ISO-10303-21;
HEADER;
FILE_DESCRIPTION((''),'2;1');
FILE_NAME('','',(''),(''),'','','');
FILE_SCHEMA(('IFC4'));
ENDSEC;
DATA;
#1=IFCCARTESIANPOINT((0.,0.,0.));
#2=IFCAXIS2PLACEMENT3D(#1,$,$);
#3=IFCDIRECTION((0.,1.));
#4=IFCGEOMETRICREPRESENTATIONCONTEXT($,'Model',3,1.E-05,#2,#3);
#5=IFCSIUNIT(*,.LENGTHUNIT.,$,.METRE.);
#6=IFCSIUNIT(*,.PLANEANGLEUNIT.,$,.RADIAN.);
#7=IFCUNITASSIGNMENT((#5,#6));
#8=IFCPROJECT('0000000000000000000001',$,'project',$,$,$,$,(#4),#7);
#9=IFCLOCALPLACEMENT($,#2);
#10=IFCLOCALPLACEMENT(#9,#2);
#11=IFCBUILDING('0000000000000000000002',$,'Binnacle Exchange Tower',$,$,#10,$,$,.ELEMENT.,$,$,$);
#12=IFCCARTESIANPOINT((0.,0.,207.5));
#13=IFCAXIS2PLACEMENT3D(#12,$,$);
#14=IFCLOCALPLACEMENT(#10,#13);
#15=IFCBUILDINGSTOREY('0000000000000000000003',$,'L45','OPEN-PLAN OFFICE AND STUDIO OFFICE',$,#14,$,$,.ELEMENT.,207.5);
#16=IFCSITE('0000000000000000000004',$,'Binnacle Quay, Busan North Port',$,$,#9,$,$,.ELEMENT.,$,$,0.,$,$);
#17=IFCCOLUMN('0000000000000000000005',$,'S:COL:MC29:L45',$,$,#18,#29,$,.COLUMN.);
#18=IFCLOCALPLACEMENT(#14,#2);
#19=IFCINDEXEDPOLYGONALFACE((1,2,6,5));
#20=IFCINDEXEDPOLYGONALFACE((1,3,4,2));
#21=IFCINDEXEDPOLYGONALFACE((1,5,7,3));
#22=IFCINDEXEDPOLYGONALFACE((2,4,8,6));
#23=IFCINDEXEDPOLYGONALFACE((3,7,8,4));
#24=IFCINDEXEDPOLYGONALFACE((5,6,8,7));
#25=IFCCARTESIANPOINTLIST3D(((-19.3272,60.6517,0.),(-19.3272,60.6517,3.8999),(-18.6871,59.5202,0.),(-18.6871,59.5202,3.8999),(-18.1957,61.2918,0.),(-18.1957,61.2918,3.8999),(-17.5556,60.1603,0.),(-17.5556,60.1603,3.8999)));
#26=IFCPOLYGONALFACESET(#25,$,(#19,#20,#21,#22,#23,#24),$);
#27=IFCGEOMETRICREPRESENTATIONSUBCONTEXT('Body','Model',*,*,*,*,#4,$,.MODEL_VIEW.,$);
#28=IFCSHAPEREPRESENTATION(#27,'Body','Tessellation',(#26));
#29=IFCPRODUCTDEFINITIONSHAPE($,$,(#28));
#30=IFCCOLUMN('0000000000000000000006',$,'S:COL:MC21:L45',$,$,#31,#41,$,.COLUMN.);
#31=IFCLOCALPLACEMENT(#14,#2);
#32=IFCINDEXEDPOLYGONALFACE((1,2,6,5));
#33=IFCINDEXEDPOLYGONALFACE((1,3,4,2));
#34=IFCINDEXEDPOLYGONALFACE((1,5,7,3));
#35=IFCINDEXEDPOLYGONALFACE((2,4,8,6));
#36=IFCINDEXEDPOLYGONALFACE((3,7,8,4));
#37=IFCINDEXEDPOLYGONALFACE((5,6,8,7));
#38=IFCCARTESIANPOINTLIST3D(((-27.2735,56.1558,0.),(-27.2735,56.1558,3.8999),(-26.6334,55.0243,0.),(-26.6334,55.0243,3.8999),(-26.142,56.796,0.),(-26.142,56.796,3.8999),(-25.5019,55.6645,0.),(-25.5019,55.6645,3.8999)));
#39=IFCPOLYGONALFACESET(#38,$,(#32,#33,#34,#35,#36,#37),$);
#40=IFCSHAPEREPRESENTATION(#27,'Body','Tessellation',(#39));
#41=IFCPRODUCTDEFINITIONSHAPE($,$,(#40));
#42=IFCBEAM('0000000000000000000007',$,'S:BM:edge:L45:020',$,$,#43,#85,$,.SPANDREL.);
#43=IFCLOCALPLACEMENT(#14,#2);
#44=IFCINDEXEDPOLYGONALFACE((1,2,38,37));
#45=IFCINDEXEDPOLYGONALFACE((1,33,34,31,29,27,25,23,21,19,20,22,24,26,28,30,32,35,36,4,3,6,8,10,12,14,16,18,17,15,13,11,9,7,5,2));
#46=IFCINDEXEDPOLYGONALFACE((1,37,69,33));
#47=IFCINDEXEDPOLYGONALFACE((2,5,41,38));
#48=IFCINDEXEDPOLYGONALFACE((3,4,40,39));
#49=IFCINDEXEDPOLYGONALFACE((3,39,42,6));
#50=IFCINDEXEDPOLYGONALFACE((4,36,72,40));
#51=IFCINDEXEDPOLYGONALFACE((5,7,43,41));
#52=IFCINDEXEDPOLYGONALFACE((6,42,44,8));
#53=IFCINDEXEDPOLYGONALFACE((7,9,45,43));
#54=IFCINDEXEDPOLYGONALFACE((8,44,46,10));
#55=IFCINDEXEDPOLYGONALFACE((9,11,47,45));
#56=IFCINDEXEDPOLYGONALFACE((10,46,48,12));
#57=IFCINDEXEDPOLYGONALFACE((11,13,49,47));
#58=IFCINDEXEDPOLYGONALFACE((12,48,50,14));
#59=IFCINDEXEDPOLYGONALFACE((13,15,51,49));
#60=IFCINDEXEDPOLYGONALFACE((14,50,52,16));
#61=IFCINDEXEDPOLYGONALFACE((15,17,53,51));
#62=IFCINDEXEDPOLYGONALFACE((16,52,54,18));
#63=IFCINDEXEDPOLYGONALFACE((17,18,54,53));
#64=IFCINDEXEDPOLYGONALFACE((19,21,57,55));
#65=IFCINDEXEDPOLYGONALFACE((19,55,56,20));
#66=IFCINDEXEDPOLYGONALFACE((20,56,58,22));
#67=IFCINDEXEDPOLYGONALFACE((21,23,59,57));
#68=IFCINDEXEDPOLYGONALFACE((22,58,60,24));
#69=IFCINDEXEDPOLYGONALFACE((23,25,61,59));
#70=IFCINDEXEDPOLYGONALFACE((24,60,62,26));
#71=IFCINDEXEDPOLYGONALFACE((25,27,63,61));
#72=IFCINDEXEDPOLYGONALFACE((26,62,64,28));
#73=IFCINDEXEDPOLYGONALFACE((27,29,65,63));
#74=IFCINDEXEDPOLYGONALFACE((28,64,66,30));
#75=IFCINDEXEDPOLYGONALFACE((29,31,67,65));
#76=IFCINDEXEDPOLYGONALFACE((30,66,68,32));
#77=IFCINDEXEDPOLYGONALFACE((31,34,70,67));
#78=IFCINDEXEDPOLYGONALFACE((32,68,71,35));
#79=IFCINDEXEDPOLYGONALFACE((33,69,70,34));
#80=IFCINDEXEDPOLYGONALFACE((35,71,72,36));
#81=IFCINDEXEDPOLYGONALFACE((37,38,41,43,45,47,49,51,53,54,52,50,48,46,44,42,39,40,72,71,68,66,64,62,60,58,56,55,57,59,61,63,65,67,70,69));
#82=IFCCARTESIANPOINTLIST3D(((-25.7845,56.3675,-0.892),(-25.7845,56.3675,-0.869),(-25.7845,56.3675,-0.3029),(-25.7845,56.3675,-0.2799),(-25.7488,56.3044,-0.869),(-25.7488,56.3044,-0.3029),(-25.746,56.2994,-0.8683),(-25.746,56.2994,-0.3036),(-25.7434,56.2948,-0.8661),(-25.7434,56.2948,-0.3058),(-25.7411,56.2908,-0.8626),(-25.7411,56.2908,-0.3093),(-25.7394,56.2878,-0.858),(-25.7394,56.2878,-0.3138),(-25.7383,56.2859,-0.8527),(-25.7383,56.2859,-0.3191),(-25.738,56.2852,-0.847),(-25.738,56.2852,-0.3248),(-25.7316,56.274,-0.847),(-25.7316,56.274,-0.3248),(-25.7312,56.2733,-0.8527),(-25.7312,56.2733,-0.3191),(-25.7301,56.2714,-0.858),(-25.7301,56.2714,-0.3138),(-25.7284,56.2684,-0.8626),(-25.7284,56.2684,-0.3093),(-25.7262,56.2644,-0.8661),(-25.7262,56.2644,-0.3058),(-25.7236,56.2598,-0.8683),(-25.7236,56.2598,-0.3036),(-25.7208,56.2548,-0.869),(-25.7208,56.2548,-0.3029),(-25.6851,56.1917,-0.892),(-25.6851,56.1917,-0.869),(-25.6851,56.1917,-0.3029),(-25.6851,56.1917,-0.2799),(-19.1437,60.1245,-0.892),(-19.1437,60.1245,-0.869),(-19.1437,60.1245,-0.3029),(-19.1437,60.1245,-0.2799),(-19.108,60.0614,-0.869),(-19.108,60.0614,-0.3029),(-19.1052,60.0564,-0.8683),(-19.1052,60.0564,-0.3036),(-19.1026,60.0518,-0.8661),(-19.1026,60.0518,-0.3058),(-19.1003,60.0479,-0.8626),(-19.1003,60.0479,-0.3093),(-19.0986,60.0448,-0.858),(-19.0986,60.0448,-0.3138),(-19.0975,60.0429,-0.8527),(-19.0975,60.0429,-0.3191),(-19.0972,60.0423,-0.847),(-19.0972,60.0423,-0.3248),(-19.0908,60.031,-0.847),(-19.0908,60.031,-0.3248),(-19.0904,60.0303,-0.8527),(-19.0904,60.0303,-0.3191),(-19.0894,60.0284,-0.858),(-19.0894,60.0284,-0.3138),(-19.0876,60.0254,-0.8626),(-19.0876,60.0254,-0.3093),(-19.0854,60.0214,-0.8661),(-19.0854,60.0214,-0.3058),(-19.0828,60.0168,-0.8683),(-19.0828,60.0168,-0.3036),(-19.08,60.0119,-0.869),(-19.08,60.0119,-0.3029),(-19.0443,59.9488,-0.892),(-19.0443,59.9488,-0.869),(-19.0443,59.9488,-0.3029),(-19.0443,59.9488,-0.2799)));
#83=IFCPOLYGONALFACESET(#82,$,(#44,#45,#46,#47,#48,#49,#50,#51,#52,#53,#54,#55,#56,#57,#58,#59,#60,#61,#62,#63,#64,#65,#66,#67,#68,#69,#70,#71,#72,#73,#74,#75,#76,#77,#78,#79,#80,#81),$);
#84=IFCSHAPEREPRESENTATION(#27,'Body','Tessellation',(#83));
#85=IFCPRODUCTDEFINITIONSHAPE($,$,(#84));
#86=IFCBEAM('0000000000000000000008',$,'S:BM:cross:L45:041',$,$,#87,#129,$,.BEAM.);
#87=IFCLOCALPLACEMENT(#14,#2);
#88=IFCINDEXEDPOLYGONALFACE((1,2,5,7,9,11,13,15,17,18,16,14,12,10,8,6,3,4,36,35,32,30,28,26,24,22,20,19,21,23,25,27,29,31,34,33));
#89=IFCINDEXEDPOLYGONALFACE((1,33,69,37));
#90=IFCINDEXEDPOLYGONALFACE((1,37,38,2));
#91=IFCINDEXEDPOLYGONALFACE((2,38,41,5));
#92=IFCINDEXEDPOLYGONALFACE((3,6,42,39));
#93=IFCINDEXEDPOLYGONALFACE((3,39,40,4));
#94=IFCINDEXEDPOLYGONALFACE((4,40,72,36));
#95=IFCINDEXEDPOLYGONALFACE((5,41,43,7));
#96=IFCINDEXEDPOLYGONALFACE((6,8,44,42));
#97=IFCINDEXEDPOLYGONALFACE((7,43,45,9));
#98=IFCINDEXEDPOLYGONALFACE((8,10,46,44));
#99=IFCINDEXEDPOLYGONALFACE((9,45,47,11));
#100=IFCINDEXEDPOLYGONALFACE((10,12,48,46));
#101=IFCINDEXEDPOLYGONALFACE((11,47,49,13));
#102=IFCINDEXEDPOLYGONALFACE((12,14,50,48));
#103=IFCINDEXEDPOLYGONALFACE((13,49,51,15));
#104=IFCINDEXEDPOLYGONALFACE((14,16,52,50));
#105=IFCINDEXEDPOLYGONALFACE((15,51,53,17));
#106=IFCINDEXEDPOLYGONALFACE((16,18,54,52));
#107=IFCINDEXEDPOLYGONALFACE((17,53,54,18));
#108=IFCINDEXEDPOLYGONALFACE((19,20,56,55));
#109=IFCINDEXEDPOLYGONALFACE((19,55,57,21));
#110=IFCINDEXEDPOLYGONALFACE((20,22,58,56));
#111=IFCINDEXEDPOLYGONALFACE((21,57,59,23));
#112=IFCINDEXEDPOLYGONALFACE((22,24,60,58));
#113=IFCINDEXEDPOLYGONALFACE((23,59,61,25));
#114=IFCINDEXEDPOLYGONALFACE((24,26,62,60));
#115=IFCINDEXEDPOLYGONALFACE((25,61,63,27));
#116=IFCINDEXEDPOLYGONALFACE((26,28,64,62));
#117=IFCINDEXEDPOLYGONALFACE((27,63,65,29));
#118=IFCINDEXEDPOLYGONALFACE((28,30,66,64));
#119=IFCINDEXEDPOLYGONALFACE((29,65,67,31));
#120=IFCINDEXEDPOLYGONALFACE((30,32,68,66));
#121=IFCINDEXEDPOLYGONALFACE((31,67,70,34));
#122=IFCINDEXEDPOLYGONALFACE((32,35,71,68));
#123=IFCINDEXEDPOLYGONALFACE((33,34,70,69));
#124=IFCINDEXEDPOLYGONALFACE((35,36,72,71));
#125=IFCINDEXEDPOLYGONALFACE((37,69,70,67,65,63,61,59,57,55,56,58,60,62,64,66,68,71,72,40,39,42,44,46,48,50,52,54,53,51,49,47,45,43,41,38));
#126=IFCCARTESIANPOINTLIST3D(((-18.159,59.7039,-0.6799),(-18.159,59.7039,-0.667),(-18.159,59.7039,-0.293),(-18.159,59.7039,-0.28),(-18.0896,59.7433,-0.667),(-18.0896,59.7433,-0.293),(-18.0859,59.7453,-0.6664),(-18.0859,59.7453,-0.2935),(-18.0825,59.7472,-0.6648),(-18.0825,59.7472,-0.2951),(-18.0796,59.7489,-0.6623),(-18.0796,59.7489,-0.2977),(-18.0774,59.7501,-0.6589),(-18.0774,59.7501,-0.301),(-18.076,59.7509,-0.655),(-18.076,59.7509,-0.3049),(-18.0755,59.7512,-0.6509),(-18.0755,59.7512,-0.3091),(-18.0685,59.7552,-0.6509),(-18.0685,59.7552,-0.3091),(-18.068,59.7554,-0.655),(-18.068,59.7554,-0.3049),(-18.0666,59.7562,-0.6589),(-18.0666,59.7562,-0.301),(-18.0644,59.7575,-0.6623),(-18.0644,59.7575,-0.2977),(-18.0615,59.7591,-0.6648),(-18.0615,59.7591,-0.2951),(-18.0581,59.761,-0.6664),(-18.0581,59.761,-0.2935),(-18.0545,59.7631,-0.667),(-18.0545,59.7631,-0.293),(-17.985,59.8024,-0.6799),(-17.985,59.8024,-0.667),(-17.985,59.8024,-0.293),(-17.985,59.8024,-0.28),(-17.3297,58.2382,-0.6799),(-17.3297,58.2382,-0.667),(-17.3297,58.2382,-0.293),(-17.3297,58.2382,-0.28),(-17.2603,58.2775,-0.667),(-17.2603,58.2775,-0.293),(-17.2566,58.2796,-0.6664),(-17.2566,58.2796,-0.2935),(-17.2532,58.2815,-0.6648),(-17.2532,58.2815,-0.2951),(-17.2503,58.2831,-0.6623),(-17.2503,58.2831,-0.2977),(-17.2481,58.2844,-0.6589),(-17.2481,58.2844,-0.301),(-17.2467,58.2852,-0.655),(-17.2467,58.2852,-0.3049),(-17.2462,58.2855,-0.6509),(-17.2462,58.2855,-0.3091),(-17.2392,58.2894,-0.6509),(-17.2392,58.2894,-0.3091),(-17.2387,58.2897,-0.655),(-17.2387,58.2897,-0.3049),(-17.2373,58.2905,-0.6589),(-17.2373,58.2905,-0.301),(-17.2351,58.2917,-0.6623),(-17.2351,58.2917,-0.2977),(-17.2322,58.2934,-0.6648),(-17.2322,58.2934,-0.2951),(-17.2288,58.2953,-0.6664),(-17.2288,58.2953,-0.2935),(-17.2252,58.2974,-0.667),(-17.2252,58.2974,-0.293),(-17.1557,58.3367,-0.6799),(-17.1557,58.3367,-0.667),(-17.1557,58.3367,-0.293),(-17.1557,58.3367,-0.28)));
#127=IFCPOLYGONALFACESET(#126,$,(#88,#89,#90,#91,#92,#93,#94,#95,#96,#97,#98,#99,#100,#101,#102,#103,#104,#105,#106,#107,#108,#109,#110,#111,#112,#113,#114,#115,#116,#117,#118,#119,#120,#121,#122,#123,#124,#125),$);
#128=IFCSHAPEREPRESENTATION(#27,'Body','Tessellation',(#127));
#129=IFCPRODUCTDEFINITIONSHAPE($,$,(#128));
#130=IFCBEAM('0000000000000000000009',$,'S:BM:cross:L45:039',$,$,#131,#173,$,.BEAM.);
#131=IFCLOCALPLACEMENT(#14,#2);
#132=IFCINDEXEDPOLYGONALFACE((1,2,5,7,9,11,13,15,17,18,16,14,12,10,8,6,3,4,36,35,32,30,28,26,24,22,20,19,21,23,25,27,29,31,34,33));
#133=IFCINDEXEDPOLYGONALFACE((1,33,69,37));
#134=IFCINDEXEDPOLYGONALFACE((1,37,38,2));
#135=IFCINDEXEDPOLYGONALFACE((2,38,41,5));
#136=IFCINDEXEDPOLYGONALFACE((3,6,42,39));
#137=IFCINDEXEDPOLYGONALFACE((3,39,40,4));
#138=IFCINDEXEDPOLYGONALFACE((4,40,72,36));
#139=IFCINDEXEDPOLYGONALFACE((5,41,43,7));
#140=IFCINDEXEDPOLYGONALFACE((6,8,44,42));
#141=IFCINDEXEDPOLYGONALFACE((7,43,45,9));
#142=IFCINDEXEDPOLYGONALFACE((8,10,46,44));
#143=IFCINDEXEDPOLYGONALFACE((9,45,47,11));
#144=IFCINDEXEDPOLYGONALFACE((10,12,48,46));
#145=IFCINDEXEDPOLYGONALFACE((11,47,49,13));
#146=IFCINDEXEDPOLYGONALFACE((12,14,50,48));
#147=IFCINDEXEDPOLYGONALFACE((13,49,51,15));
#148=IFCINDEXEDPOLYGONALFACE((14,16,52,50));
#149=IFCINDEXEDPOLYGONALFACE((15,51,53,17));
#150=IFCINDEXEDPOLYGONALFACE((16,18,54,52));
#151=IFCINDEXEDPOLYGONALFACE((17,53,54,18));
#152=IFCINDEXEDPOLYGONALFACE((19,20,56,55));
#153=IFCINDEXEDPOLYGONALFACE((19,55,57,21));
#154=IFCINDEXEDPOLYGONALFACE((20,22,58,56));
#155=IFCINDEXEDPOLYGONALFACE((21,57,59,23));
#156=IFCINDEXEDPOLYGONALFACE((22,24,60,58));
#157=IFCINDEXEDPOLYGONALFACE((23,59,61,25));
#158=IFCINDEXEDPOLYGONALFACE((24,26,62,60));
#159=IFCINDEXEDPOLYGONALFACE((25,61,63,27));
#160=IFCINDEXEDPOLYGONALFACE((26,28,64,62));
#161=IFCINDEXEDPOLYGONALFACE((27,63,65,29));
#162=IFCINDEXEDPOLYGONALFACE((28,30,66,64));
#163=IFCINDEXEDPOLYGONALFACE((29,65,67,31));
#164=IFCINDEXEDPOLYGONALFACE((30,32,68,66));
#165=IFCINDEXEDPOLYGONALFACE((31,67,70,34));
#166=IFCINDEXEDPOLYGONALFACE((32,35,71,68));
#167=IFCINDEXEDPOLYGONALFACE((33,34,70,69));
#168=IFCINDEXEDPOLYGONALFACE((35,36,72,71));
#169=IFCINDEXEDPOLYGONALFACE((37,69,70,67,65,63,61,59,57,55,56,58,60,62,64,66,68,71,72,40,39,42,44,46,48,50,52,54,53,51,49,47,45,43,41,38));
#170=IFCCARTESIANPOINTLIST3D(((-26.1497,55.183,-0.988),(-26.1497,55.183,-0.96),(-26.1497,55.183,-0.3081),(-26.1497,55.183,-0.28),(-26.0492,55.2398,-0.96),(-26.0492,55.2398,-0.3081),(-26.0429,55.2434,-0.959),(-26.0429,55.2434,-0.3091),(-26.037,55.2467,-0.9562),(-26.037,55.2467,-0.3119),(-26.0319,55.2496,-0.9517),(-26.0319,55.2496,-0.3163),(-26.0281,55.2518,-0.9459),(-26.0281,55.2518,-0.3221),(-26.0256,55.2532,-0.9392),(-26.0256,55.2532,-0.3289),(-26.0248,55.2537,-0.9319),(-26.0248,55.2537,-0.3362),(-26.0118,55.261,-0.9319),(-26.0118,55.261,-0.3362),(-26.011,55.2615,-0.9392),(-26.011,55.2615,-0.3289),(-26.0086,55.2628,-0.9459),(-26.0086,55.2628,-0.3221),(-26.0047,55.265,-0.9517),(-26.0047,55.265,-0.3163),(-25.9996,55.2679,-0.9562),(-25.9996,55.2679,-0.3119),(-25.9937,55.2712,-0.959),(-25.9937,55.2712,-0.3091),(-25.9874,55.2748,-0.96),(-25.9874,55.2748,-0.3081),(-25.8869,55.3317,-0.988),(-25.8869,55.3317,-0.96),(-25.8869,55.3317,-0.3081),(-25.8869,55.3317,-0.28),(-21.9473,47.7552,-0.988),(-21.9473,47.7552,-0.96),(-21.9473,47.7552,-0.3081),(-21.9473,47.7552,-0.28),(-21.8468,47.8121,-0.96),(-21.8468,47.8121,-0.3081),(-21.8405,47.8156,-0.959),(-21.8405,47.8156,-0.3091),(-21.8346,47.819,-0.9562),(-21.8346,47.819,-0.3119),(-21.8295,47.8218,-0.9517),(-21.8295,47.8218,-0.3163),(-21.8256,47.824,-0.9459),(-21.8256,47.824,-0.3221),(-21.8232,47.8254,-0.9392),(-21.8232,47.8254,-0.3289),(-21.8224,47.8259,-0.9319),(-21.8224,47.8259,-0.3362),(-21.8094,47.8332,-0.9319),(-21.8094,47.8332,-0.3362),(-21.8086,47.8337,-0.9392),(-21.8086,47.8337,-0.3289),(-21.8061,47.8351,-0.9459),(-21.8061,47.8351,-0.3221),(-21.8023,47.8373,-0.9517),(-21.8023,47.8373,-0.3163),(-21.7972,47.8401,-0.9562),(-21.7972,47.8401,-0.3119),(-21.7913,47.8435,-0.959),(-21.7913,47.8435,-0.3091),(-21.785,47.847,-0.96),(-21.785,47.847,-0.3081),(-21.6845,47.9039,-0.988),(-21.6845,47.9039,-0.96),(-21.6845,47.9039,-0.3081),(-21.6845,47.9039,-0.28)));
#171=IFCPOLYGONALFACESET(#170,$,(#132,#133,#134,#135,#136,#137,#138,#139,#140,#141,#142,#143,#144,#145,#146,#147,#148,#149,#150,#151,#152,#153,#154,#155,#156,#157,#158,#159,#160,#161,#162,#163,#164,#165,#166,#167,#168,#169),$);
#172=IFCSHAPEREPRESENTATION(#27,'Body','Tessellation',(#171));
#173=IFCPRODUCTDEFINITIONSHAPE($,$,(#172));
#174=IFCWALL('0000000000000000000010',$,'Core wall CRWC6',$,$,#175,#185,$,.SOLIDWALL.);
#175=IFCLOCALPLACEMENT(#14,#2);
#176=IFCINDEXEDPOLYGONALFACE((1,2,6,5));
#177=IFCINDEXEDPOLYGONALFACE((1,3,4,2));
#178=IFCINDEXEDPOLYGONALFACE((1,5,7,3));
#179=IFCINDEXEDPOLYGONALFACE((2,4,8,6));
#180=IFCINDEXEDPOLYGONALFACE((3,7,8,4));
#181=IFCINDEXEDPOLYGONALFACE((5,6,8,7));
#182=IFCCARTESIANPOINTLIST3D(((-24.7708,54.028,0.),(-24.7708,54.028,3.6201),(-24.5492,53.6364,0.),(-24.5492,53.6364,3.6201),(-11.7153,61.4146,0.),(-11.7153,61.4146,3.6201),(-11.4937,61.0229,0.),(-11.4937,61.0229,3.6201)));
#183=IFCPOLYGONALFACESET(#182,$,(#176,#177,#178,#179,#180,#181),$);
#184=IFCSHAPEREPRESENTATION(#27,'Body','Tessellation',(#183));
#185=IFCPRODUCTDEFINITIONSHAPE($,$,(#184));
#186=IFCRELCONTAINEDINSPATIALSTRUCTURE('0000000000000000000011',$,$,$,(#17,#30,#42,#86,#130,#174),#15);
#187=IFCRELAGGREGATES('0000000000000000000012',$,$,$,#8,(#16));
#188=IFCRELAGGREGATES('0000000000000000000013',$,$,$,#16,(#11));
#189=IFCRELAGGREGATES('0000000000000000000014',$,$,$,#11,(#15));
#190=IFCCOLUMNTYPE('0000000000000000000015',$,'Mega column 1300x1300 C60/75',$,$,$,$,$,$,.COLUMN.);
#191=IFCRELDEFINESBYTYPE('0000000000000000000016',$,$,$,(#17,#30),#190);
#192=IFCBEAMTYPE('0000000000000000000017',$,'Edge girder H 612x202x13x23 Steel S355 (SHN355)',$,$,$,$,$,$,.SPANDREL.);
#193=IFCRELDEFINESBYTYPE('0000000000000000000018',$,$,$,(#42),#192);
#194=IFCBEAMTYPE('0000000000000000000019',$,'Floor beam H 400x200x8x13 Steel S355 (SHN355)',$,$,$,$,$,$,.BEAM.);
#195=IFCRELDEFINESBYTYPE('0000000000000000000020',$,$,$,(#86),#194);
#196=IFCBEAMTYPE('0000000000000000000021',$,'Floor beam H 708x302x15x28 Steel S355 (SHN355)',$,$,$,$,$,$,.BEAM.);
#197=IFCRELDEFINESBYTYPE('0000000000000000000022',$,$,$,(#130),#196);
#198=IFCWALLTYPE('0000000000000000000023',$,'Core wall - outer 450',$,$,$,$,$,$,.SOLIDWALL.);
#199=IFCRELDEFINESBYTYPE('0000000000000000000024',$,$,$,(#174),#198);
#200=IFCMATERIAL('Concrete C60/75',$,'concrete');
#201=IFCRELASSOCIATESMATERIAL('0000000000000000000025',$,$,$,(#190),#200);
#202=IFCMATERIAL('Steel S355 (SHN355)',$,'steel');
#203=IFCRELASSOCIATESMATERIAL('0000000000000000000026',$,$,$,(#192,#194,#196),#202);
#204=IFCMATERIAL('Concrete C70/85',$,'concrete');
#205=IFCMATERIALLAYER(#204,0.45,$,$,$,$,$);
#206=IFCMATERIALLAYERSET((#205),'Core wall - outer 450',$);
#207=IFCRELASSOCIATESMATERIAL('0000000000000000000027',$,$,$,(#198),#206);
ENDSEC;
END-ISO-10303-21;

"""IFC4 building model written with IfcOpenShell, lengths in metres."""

from ifc_helpers import new_model, si_unit, direction, frame, frame_2d, origin, origin_2d, place, context, subcontext, project, spatial, rectangle, i_section, extrude, material, layer, layer_set, material_profile, profile_set, type_object, element, save


model = new_model("IFC4")

# Units and contexts
model_context = context("Model", 3, precision=1e-05, world=origin(), true_north=direction((0.0, 1.0)))
body_context = subcontext(model_context, "Body", "Model", "MODEL_VIEW")
ifc_project = project(units=[si_unit("LENGTHUNIT", "METRE"), si_unit("PLANEANGLEUNIT", "RADIAN")], contexts=[model_context])

# Site, building, storey
site_placement = place(None, origin())
site = spatial("IfcSite", under=ifc_project, at=site_placement, Name="Binnacle Quay, Busan North Port", CompositionType="ELEMENT", RefElevation=0.0)
building_placement = place(site_placement, origin())
building = spatial("IfcBuilding", under=site, at=building_placement, Name="Binnacle Exchange Tower", CompositionType="ELEMENT")
storey_placement = place(building_placement, frame((0.0, 0.0, 207.5)))
storey = spatial("IfcBuildingStorey", under=building, at=storey_placement, Name="L45", Description="OPEN-PLAN OFFICE AND STUDIO OFFICE", CompositionType="ELEMENT", Elevation=207.5)

# Columns
ifc_material_1 = material(Name="Concrete C60/75", Category="concrete")
ifc_material_profile_1 = material_profile(ifc_material_1, rectangle(XDim=1.3, YDim=1.3, at=origin_2d()), Name="Mega column 1300x1300 C60/75")
ifc_profile_set_1 = profile_set([ifc_material_profile_1], Name="Concrete C60/75")
column_type = type_object("IfcColumnType", Name="Mega column 1300x1300 C60/75", PredefinedType="COLUMN", material=ifc_profile_set_1)
for number, where, z_axis, x_axis, name in (
    (1, (-18.4414, 60.406, 0.0), (0.0, 0.0, 1.0), (-0.870356, -0.492424, 0.0), "S:COL:MC29:L45"),
    (2, (-26.3877, 55.9102, 0.0), (0.0, 0.0, 1.0), (-0.870356, -0.492424, 0.0), "S:COL:MC21:L45"),
):
    element("IfcColumn", number, at=place(storey_placement, frame(where, z_axis=z_axis, x_axis=x_axis)), inside=storey, type_object=column_type, Name=name, PredefinedType="COLUMN", context=body_context, shape_type="SweptSolid", body=[
        extrude(rectangle(XDim=1.3, YDim=1.3, at=origin_2d()), origin(), (0.0, 0.0, 1.0), 3.8999),
    ])

# Beams
ifc_material_2 = material(Name="Steel S355 (SHN355)", Category="steel")
ifc_material_profile_2 = material_profile(ifc_material_2, i_section(OverallWidth=0.2019, OverallDepth=0.6121, WebThickness=0.0129, FlangeThickness=0.0229, FilletRadius=0.022, at=origin_2d()), Name="H 612x202x13x23")
ifc_profile_set_2 = profile_set([ifc_material_profile_2], Name="Steel S355 (SHN355)")
beam_type_1 = type_object("IfcBeamType", Name="Edge girder H 612x202x13x23 Steel S355 (SHN355)", PredefinedType="SPANDREL", material=ifc_profile_set_2)
beam_1_placement = place(storey_placement, frame((-19.094, 60.0366, -0.5859), z_axis=(-0.870364, -0.492409, 0.0), x_axis=(0.492409, -0.870364, 0.0)))
element("IfcBeam", 3, at=beam_1_placement, inside=storey, type_object=beam_type_1, Name="S:BM:edge:L45:020", PredefinedType="SPANDREL", context=body_context, shape_type="SweptSolid", body=[
    extrude(i_section(OverallWidth=0.2019, OverallDepth=0.6121, WebThickness=0.0129, FlangeThickness=0.0229, FilletRadius=0.022, at=origin_2d()), origin(), (0.0, 0.0, 1.0), 7.6299),
])
ifc_material_profile_3 = material_profile(ifc_material_2, i_section(OverallWidth=0.2, OverallDepth=0.3999, WebThickness=0.0081, FlangeThickness=0.0129, FilletRadius=0.0161, at=origin_2d()), Name="H 400x200x8x13")
ifc_profile_set_3 = profile_set([ifc_material_profile_3], Name="Steel S355 (SHN355)")
beam_type_2 = type_object("IfcBeamType", Name="Floor beam H 400x200x8x13 Steel S355 (SHN355)", PredefinedType="BEAM", material=ifc_profile_set_3)
beam_2_placement = place(storey_placement, frame((-18.072, 59.7532, -0.48), z_axis=(0.492435, -0.870349, 0.0), x_axis=(0.870349, 0.492435, 0.0)))
element("IfcBeam", 4, at=beam_2_placement, inside=storey, type_object=beam_type_2, Name="S:BM:cross:L45:041", PredefinedType="BEAM", context=body_context, shape_type="SweptSolid", body=[
    extrude(i_section(OverallWidth=0.2, OverallDepth=0.3999, WebThickness=0.0081, FlangeThickness=0.0129, FilletRadius=0.0161, at=origin_2d()), origin(), (0.0, 0.0, 1.0), 1.6841),
])
ifc_material_profile_4 = material_profile(ifc_material_2, i_section(OverallWidth=0.302, OverallDepth=0.708, WebThickness=0.0149, FlangeThickness=0.0281, FilletRadius=0.0281, at=origin_2d()), Name="H 708x302x15x28")
ifc_profile_set_4 = profile_set([ifc_material_profile_4], Name="Steel S355 (SHN355)")
beam_type_3 = type_object("IfcBeamType", Name="Floor beam H 708x302x15x28 Steel S355 (SHN355)", PredefinedType="BEAM", material=ifc_profile_set_4)
beam_3_placement = place(storey_placement, frame((-26.0183, 55.2573, -0.634), z_axis=(0.492422, -0.870357, 0.0), x_axis=(0.870357, 0.492422, 0.0)))
element("IfcBeam", 5, at=beam_3_placement, inside=storey, type_object=beam_type_3, Name="S:BM:cross:L45:039", PredefinedType="BEAM", context=body_context, shape_type="SweptSolid", body=[
    extrude(i_section(OverallWidth=0.302, OverallDepth=0.708, WebThickness=0.0149, FlangeThickness=0.0281, FilletRadius=0.0281, at=origin_2d()), origin(), (0.0, 0.0, 1.0), 8.5342),
])

# Wall
ifc_material_3 = material(Name="Concrete C70/85", Category="concrete")
ifc_layer_1 = layer(ifc_material_3, 0.45)
ifc_layer_set_1 = layer_set([ifc_layer_1], Name="Core wall - outer 450")
wall_type_1 = type_object("IfcWallType", Name="Core wall - outer 450", PredefinedType="SOLIDWALL", material=ifc_layer_set_1)
wall_1_placement = place(storey_placement, frame((-24.6599, 53.8323, 0.0), z_axis=(0.0, 0.0, 1.0), x_axis=(0.870354, 0.492427, 0.0)))
element("IfcWall", 6, at=wall_1_placement, inside=storey, type_object=wall_type_1, Name="Core wall CRWC6", PredefinedType="SOLIDWALL", context=body_context, shape_type="SweptSolid", body=[
    extrude(rectangle(XDim=15.0002, YDim=0.45, at=frame_2d((7.5, 0.0))), origin(), (0.0, 0.0, 1.0), 3.6201),
])

save(model, "model.ifc")
